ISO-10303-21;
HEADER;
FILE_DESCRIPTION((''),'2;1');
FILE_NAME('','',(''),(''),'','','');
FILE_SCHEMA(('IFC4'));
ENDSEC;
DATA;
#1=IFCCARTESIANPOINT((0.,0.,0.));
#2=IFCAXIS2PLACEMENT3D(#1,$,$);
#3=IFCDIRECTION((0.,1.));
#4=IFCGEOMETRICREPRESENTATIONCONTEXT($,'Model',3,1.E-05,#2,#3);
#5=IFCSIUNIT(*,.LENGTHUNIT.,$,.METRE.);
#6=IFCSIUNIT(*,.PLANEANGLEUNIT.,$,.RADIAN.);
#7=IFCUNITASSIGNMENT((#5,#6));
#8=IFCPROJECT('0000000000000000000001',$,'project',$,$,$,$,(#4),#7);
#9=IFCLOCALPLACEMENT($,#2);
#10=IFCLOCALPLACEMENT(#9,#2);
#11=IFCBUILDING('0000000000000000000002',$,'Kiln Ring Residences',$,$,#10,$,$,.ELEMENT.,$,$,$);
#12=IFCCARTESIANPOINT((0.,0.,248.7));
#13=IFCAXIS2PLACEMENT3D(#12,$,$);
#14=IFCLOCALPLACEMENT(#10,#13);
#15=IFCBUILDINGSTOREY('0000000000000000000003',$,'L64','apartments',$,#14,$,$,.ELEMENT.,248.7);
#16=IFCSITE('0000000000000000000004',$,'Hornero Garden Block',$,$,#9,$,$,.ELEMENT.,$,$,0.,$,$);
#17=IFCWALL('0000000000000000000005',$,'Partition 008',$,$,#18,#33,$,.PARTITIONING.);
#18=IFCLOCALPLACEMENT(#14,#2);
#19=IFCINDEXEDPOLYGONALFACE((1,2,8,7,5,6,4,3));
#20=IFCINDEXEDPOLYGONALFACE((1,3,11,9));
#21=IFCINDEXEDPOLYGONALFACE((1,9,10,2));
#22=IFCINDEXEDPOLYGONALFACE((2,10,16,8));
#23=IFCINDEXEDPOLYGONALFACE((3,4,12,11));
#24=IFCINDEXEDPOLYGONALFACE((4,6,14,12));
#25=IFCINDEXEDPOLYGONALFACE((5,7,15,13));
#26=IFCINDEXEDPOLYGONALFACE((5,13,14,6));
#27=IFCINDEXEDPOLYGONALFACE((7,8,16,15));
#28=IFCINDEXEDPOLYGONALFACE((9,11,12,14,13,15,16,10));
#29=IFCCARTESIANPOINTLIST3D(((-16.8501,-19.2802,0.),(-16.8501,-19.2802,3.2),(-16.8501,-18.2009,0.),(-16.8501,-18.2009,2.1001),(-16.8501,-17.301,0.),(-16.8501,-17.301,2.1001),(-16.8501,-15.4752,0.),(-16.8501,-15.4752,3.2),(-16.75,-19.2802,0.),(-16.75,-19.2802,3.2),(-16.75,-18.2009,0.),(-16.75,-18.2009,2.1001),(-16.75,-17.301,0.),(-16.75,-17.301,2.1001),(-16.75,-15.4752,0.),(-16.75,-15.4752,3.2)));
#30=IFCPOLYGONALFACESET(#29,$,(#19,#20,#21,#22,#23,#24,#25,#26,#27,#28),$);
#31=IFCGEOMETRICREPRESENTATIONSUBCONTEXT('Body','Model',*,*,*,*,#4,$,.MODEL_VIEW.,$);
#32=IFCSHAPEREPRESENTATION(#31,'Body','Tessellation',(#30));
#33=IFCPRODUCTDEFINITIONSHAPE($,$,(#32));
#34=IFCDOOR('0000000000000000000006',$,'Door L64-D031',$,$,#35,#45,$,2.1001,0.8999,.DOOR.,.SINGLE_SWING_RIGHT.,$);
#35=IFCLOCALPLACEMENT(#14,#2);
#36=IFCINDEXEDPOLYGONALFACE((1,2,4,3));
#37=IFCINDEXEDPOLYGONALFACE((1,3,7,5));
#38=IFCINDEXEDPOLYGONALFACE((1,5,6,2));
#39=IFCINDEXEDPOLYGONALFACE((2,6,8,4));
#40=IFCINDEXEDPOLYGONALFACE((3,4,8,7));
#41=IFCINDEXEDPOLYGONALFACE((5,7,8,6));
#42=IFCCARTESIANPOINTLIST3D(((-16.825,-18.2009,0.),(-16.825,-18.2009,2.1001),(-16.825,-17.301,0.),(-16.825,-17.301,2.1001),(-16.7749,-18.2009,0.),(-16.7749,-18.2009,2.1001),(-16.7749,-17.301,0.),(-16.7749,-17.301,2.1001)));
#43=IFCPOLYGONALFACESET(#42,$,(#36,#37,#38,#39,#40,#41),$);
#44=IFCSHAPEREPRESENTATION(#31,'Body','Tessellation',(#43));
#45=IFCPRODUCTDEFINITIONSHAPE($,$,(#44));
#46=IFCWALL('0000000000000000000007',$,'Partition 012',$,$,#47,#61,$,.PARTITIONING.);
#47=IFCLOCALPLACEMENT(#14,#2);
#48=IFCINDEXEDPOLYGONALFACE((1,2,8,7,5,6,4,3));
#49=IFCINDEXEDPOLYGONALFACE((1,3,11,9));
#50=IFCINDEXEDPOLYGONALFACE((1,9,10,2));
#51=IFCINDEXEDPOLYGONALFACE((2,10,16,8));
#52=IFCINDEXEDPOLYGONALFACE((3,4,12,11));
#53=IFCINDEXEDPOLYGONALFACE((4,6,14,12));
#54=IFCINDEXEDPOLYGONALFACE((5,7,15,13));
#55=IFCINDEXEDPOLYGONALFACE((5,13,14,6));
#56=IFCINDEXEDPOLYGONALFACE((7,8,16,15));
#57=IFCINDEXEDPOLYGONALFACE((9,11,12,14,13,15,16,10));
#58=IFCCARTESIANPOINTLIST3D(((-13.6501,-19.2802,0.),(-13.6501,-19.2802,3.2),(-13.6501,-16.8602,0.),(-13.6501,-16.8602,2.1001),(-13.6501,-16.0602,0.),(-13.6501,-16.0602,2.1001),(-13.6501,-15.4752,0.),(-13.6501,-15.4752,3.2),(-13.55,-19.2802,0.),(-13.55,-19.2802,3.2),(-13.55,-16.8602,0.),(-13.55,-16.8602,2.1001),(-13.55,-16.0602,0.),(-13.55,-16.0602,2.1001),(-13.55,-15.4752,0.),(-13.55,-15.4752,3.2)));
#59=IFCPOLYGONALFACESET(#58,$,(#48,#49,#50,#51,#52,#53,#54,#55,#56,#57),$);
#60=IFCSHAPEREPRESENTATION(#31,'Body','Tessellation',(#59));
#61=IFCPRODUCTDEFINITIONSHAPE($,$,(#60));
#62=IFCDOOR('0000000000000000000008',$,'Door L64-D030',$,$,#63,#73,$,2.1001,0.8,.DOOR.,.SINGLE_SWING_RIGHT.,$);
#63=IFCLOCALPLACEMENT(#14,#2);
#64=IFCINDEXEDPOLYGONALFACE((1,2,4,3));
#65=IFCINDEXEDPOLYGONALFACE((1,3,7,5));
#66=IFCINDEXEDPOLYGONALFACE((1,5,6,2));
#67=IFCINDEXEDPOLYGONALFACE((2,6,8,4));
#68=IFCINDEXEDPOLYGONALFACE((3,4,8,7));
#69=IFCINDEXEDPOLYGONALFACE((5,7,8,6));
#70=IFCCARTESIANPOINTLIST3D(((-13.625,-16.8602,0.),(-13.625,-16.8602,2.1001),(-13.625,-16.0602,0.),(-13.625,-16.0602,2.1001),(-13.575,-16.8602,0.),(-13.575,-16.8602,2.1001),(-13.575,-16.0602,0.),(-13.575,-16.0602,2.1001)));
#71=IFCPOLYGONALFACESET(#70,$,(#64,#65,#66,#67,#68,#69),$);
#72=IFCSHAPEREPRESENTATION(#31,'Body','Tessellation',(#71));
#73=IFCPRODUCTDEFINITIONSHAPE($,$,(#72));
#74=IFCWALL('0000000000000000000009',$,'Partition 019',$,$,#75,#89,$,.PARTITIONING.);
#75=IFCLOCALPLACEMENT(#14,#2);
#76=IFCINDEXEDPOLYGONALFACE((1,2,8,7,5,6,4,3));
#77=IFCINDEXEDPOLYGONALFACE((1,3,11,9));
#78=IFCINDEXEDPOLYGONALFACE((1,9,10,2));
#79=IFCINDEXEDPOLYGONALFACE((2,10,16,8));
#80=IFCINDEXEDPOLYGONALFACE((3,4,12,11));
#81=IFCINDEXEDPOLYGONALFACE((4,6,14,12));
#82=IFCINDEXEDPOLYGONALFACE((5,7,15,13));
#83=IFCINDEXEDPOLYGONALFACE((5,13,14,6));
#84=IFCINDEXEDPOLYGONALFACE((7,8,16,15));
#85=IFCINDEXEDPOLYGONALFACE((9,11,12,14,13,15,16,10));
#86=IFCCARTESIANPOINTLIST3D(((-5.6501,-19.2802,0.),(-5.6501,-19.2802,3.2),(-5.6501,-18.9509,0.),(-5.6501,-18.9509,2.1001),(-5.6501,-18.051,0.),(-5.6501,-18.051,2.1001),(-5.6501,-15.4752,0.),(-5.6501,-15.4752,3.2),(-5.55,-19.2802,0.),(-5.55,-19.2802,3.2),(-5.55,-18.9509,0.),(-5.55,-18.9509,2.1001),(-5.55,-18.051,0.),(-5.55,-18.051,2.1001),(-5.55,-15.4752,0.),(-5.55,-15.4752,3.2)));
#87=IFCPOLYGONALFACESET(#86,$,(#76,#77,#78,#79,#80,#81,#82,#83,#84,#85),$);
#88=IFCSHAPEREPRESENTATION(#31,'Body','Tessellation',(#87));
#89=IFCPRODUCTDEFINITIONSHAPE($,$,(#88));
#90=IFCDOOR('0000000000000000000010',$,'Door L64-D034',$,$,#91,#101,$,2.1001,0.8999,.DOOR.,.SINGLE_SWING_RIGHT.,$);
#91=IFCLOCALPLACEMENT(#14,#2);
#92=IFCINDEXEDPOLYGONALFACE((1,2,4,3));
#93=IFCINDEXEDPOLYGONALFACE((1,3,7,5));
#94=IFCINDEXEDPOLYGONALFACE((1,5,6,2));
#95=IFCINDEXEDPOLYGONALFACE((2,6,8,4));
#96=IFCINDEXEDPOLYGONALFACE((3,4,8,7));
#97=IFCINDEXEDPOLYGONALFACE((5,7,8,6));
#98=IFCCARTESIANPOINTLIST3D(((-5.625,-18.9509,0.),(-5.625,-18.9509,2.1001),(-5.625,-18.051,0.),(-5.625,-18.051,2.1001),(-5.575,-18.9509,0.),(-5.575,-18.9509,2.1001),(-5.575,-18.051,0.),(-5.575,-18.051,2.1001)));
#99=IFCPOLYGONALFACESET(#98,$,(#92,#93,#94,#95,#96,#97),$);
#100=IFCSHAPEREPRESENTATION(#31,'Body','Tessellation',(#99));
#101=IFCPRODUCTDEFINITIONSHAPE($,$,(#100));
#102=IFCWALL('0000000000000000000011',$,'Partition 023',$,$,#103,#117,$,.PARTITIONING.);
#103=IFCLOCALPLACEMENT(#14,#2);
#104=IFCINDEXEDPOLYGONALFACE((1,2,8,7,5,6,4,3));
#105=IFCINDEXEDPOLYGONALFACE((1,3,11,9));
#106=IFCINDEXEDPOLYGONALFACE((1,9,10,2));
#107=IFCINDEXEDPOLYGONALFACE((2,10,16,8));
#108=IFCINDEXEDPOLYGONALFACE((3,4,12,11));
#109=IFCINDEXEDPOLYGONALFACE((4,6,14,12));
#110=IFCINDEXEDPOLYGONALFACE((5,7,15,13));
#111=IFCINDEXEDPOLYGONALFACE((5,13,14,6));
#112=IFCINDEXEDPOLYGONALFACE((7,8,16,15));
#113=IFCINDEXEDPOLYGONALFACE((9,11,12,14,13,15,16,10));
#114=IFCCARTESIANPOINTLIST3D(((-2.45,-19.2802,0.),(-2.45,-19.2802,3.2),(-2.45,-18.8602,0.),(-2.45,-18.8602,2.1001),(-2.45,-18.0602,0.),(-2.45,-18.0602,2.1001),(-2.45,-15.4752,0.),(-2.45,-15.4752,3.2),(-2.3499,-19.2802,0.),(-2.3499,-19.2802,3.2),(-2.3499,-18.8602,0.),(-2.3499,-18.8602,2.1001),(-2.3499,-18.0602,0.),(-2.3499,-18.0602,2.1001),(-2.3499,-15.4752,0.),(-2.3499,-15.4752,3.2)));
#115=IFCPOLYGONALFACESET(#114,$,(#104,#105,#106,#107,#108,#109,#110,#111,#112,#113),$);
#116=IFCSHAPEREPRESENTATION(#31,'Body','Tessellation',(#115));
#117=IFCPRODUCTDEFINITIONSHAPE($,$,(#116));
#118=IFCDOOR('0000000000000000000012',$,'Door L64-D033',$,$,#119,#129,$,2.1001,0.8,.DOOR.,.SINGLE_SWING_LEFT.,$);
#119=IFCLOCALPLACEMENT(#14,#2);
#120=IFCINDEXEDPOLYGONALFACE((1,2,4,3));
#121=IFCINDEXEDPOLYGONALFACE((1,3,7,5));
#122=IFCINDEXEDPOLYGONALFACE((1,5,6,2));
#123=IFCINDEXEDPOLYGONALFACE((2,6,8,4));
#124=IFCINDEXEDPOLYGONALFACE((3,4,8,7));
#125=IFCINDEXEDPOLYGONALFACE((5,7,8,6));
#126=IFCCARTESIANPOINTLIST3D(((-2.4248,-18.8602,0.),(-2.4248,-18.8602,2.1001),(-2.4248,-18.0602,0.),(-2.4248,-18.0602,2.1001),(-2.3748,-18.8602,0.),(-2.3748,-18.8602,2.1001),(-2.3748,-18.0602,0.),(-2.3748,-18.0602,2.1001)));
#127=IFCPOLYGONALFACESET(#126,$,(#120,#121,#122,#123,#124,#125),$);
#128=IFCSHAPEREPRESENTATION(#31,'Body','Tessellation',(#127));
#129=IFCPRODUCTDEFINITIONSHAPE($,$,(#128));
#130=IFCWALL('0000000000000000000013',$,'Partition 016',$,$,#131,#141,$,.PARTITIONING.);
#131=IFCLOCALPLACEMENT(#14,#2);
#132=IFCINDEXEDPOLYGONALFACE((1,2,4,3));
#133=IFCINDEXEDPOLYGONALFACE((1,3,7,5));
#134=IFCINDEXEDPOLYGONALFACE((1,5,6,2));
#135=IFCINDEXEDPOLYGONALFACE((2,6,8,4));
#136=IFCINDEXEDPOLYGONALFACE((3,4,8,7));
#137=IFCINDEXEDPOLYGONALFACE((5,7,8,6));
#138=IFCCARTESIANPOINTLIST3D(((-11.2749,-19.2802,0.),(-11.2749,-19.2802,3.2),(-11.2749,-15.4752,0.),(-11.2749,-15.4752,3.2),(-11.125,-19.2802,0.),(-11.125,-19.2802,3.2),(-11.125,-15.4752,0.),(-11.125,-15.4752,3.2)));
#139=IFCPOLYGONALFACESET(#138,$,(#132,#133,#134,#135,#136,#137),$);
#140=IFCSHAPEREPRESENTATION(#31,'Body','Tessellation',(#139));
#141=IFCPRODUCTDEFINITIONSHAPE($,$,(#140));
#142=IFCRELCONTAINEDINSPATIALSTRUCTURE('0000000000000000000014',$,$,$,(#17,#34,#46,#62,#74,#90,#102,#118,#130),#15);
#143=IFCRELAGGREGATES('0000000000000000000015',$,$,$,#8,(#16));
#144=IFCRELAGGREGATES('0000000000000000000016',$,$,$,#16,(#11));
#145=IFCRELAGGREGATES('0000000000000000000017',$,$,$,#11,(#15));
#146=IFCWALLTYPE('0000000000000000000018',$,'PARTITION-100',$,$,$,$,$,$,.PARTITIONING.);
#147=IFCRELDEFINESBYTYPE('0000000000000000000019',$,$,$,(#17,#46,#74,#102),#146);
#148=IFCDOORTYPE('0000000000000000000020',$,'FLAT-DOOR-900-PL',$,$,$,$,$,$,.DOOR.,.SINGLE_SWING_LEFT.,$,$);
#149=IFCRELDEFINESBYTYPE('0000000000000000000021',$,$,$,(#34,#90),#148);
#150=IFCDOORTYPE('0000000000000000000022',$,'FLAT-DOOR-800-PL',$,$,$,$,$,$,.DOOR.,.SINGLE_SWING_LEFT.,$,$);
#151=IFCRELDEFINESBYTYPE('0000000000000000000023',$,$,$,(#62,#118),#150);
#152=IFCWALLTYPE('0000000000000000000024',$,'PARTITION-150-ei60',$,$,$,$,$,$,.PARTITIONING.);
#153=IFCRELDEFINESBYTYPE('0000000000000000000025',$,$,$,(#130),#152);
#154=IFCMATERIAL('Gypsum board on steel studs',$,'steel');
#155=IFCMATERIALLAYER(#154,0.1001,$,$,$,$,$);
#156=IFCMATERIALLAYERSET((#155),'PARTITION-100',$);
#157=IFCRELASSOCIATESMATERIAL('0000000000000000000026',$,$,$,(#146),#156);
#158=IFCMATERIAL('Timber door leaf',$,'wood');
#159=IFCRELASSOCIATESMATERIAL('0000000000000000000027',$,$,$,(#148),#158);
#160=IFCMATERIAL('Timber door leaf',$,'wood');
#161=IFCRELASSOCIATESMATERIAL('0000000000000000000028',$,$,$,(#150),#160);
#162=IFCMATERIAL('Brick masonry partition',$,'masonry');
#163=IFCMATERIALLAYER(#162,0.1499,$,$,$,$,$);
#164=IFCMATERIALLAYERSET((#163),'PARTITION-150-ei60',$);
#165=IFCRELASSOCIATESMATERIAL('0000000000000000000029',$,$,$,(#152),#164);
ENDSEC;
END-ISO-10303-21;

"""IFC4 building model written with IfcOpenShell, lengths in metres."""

from ifc_helpers import new_model, si_unit, direction, frame, frame_2d, origin, place, context, subcontext, project, spatial, rectangle, extrude, material, layer, layer_set, type_object, element, fill, save


model = new_model("IFC4")

# Units and contexts
model_context = context("Model", 3, precision=1e-05, world=origin(), true_north=direction((0.0, 1.0)))
body_context = subcontext(model_context, "Body", "Model", "MODEL_VIEW")
ifc_project = project(units=[si_unit("LENGTHUNIT", "METRE"), si_unit("PLANEANGLEUNIT", "RADIAN")], contexts=[model_context])

# Site, building, storey
site_placement = place(None, origin())
site = spatial("IfcSite", under=ifc_project, at=site_placement, Name="Hornero Garden Block", CompositionType="ELEMENT", RefElevation=0.0)
building_placement = place(site_placement, origin())
building = spatial("IfcBuilding", under=site, at=building_placement, Name="Kiln Ring Residences", CompositionType="ELEMENT")
storey_placement = place(building_placement, frame((0.0, 0.0, 248.7)))
storey = spatial("IfcBuildingStorey", under=building, at=storey_placement, Name="L64", Description="apartments", CompositionType="ELEMENT", Elevation=248.7)

# Walls, openings, doors
ifc_material_1 = material(Name="Gypsum board on steel studs", Category="steel")
ifc_layer_1 = layer(ifc_material_1, 0.1001)
ifc_layer_set_1 = layer_set([ifc_layer_1], Name="PARTITION-100")
wall_type_1 = type_object("IfcWallType", Name="PARTITION-100", PredefinedType="PARTITIONING", material=ifc_layer_set_1)
wall_1_placement = place(storey_placement, frame((-16.8, -19.28, 0.0), z_axis=(0.0, 0.0, 1.0), x_axis=(0.0, 1.0, 0.0)))
wall_1 = element("IfcWall", 1, at=wall_1_placement, inside=storey, type_object=wall_type_1, Name="Partition 008", PredefinedType="PARTITIONING", context=body_context, shape_type="SweptSolid", body=[
    extrude(rectangle(XDim=3.8049, YDim=0.1001, at=frame_2d((1.9023, 0.0))), origin(), (0.0, 0.0, 1.0), 3.2),
])
opening_1_placement = place(wall_1_placement, frame((1.0791, 0.0, 0.0)))
opening_1 = element("IfcOpeningElement", 2, at=opening_1_placement, cuts=wall_1, PredefinedType="OPENING", context=body_context, shape_type="SweptSolid", body=[
    extrude(rectangle(XDim=0.8999, YDim=2.1001, at=frame_2d((0.45, 1.05))), frame((0.0, 0.0601, 0.0), z_axis=(0.0, -1.0, 0.0), x_axis=(1.0, 0.0, 0.0)), (0.0, 0.0, 1.0), 0.1201),
])
ifc_material_2 = material(Name="Timber door leaf", Category="wood")
door_type_1 = type_object("IfcDoorType", Name="FLAT-DOOR-900-PL", OperationType="SINGLE_SWING_LEFT", PredefinedType="DOOR", material=ifc_material_2)
door_1_placement = place(opening_1_placement, origin())
door_1 = element("IfcDoor", 3, at=door_1_placement, inside=storey, type_object=door_type_1, Name="Door L64-D031", OperationType="SINGLE_SWING_RIGHT", OverallHeight=2.1001, OverallWidth=0.8999, PredefinedType="DOOR", context=body_context, shape_type="SweptSolid", body=[
    extrude(rectangle(XDim=0.8999, YDim=2.1001, at=frame_2d((0.45, 1.05))), frame((0.0, 0.0249, 0.0), z_axis=(0.0, -1.0, 0.0), x_axis=(1.0, 0.0, 0.0)), (0.0, 0.0, 1.0), 0.05),
])
fill(opening_1, door_1)
wall_2_placement = place(storey_placement, frame((-13.6001, -19.28, 0.0), z_axis=(0.0, 0.0, 1.0), x_axis=(0.0, 1.0, 0.0)))
wall_2 = element("IfcWall", 4, at=wall_2_placement, inside=storey, type_object=wall_type_1, Name="Partition 012", PredefinedType="PARTITIONING", context=body_context, shape_type="SweptSolid", body=[
    extrude(rectangle(XDim=3.8049, YDim=0.1001, at=frame_2d((1.9023, 0.0))), origin(), (0.0, 0.0, 1.0), 3.2),
])
opening_2_placement = place(wall_2_placement, frame((2.4199, 0.0, 0.0)))
opening_2 = element("IfcOpeningElement", 5, at=opening_2_placement, cuts=wall_2, PredefinedType="OPENING", context=body_context, shape_type="SweptSolid", body=[
    extrude(rectangle(XDim=0.8, YDim=2.1001, at=frame_2d((0.3999, 1.05))), frame((0.0, 0.0601, 0.0), z_axis=(0.0, -1.0, 0.0), x_axis=(1.0, 0.0, 0.0)), (0.0, 0.0, 1.0), 0.1201),
])
ifc_material_3 = material(Name="Timber door leaf", Category="wood")
door_type_2 = type_object("IfcDoorType", Name="FLAT-DOOR-800-PL", OperationType="SINGLE_SWING_LEFT", PredefinedType="DOOR", material=ifc_material_3)
door_2_placement = place(opening_2_placement, origin())
door_2 = element("IfcDoor", 6, at=door_2_placement, inside=storey, type_object=door_type_2, Name="Door L64-D030", OperationType="SINGLE_SWING_RIGHT", OverallHeight=2.1001, OverallWidth=0.8, PredefinedType="DOOR", context=body_context, shape_type="SweptSolid", body=[
    extrude(rectangle(XDim=0.8, YDim=2.1001, at=frame_2d((0.3999, 1.05))), frame((0.0, 0.0249, 0.0), z_axis=(0.0, -1.0, 0.0), x_axis=(1.0, 0.0, 0.0)), (0.0, 0.0, 1.0), 0.05),
])
fill(opening_2, door_2)
wall_3_placement = place(storey_placement, frame((-5.6001, -19.28, 0.0), z_axis=(0.0, 0.0, 1.0), x_axis=(0.0, 1.0, 0.0)))
wall_3 = element("IfcWall", 7, at=wall_3_placement, inside=storey, type_object=wall_type_1, Name="Partition 019", PredefinedType="PARTITIONING", context=body_context, shape_type="SweptSolid", body=[
    extrude(rectangle(XDim=3.8049, YDim=0.1001, at=frame_2d((1.9023, 0.0))), origin(), (0.0, 0.0, 1.0), 3.2),
])
opening_3_placement = place(wall_3_placement, frame((0.3291, 0.0, 0.0)))
opening_3 = element("IfcOpeningElement", 8, at=opening_3_placement, cuts=wall_3, PredefinedType="OPENING", context=body_context, shape_type="SweptSolid", body=[
    extrude(rectangle(XDim=0.8999, YDim=2.1001, at=frame_2d((0.45, 1.05))), frame((0.0, 0.0601, 0.0), z_axis=(0.0, -1.0, 0.0), x_axis=(1.0, 0.0, 0.0)), (0.0, 0.0, 1.0), 0.1201),
])
door_3_placement = place(opening_3_placement, origin())
door_3 = element("IfcDoor", 9, at=door_3_placement, inside=storey, type_object=door_type_1, Name="Door L64-D034", OperationType="SINGLE_SWING_RIGHT", OverallHeight=2.1001, OverallWidth=0.8999, PredefinedType="DOOR", context=body_context, shape_type="SweptSolid", body=[
    extrude(rectangle(XDim=0.8999, YDim=2.1001, at=frame_2d((0.45, 1.05))), frame((0.0, 0.0249, 0.0), z_axis=(0.0, -1.0, 0.0), x_axis=(1.0, 0.0, 0.0)), (0.0, 0.0, 1.0), 0.05),
])
fill(opening_3, door_3)
wall_4_placement = place(storey_placement, frame((-2.3999, -19.28, 0.0), z_axis=(0.0, 0.0, 1.0), x_axis=(0.0, 1.0, 0.0)))
wall_4 = element("IfcWall", 10, at=wall_4_placement, inside=storey, type_object=wall_type_1, Name="Partition 023", PredefinedType="PARTITIONING", context=body_context, shape_type="SweptSolid", body=[
    extrude(rectangle(XDim=3.8049, YDim=0.1001, at=frame_2d((1.9023, 0.0))), origin(), (0.0, 0.0, 1.0), 3.2),
])
opening_4_placement = place(wall_4_placement, frame((0.4199, 0.0, 0.0)))
opening_4 = element("IfcOpeningElement", 11, at=opening_4_placement, cuts=wall_4, PredefinedType="OPENING", context=body_context, shape_type="SweptSolid", body=[
    extrude(rectangle(XDim=0.8, YDim=2.1001, at=frame_2d((0.3999, 1.05))), frame((0.0, 0.0601, 0.0), z_axis=(0.0, -1.0, 0.0), x_axis=(1.0, 0.0, 0.0)), (0.0, 0.0, 1.0), 0.1201),
])
door_4_placement = place(opening_4_placement, origin())
door_4 = element("IfcDoor", 12, at=door_4_placement, inside=storey, type_object=door_type_2, Name="Door L64-D033", OperationType="SINGLE_SWING_LEFT", OverallHeight=2.1001, OverallWidth=0.8, PredefinedType="DOOR", context=body_context, shape_type="SweptSolid", body=[
    extrude(rectangle(XDim=0.8, YDim=2.1001, at=frame_2d((0.3999, 1.05))), frame((0.0, 0.0249, 0.0), z_axis=(0.0, -1.0, 0.0), x_axis=(1.0, 0.0, 0.0)), (0.0, 0.0, 1.0), 0.05),
])
fill(opening_4, door_4)

# Wall
ifc_material_4 = material(Name="Brick masonry partition", Category="masonry")
ifc_layer_2 = layer(ifc_material_4, 0.1499)
ifc_layer_set_2 = layer_set([ifc_layer_2], Name="PARTITION-150-ei60")
wall_type_2 = type_object("IfcWallType", Name="PARTITION-150-ei60", PredefinedType="PARTITIONING", material=ifc_layer_set_2)
wall_5_placement = place(storey_placement, frame((-11.2, -19.28, 0.0), z_axis=(0.0, 0.0, 1.0), x_axis=(0.0, 1.0, 0.0)))
element("IfcWall", 13, at=wall_5_placement, inside=storey, type_object=wall_type_2, Name="Partition 016", PredefinedType="PARTITIONING", context=body_context, shape_type="SweptSolid", body=[
    extrude(rectangle(XDim=3.8049, YDim=0.1499, at=frame_2d((1.9023, 0.0))), origin(), (0.0, 0.0, 1.0), 3.2),
])

save(model, "model.ifc")
